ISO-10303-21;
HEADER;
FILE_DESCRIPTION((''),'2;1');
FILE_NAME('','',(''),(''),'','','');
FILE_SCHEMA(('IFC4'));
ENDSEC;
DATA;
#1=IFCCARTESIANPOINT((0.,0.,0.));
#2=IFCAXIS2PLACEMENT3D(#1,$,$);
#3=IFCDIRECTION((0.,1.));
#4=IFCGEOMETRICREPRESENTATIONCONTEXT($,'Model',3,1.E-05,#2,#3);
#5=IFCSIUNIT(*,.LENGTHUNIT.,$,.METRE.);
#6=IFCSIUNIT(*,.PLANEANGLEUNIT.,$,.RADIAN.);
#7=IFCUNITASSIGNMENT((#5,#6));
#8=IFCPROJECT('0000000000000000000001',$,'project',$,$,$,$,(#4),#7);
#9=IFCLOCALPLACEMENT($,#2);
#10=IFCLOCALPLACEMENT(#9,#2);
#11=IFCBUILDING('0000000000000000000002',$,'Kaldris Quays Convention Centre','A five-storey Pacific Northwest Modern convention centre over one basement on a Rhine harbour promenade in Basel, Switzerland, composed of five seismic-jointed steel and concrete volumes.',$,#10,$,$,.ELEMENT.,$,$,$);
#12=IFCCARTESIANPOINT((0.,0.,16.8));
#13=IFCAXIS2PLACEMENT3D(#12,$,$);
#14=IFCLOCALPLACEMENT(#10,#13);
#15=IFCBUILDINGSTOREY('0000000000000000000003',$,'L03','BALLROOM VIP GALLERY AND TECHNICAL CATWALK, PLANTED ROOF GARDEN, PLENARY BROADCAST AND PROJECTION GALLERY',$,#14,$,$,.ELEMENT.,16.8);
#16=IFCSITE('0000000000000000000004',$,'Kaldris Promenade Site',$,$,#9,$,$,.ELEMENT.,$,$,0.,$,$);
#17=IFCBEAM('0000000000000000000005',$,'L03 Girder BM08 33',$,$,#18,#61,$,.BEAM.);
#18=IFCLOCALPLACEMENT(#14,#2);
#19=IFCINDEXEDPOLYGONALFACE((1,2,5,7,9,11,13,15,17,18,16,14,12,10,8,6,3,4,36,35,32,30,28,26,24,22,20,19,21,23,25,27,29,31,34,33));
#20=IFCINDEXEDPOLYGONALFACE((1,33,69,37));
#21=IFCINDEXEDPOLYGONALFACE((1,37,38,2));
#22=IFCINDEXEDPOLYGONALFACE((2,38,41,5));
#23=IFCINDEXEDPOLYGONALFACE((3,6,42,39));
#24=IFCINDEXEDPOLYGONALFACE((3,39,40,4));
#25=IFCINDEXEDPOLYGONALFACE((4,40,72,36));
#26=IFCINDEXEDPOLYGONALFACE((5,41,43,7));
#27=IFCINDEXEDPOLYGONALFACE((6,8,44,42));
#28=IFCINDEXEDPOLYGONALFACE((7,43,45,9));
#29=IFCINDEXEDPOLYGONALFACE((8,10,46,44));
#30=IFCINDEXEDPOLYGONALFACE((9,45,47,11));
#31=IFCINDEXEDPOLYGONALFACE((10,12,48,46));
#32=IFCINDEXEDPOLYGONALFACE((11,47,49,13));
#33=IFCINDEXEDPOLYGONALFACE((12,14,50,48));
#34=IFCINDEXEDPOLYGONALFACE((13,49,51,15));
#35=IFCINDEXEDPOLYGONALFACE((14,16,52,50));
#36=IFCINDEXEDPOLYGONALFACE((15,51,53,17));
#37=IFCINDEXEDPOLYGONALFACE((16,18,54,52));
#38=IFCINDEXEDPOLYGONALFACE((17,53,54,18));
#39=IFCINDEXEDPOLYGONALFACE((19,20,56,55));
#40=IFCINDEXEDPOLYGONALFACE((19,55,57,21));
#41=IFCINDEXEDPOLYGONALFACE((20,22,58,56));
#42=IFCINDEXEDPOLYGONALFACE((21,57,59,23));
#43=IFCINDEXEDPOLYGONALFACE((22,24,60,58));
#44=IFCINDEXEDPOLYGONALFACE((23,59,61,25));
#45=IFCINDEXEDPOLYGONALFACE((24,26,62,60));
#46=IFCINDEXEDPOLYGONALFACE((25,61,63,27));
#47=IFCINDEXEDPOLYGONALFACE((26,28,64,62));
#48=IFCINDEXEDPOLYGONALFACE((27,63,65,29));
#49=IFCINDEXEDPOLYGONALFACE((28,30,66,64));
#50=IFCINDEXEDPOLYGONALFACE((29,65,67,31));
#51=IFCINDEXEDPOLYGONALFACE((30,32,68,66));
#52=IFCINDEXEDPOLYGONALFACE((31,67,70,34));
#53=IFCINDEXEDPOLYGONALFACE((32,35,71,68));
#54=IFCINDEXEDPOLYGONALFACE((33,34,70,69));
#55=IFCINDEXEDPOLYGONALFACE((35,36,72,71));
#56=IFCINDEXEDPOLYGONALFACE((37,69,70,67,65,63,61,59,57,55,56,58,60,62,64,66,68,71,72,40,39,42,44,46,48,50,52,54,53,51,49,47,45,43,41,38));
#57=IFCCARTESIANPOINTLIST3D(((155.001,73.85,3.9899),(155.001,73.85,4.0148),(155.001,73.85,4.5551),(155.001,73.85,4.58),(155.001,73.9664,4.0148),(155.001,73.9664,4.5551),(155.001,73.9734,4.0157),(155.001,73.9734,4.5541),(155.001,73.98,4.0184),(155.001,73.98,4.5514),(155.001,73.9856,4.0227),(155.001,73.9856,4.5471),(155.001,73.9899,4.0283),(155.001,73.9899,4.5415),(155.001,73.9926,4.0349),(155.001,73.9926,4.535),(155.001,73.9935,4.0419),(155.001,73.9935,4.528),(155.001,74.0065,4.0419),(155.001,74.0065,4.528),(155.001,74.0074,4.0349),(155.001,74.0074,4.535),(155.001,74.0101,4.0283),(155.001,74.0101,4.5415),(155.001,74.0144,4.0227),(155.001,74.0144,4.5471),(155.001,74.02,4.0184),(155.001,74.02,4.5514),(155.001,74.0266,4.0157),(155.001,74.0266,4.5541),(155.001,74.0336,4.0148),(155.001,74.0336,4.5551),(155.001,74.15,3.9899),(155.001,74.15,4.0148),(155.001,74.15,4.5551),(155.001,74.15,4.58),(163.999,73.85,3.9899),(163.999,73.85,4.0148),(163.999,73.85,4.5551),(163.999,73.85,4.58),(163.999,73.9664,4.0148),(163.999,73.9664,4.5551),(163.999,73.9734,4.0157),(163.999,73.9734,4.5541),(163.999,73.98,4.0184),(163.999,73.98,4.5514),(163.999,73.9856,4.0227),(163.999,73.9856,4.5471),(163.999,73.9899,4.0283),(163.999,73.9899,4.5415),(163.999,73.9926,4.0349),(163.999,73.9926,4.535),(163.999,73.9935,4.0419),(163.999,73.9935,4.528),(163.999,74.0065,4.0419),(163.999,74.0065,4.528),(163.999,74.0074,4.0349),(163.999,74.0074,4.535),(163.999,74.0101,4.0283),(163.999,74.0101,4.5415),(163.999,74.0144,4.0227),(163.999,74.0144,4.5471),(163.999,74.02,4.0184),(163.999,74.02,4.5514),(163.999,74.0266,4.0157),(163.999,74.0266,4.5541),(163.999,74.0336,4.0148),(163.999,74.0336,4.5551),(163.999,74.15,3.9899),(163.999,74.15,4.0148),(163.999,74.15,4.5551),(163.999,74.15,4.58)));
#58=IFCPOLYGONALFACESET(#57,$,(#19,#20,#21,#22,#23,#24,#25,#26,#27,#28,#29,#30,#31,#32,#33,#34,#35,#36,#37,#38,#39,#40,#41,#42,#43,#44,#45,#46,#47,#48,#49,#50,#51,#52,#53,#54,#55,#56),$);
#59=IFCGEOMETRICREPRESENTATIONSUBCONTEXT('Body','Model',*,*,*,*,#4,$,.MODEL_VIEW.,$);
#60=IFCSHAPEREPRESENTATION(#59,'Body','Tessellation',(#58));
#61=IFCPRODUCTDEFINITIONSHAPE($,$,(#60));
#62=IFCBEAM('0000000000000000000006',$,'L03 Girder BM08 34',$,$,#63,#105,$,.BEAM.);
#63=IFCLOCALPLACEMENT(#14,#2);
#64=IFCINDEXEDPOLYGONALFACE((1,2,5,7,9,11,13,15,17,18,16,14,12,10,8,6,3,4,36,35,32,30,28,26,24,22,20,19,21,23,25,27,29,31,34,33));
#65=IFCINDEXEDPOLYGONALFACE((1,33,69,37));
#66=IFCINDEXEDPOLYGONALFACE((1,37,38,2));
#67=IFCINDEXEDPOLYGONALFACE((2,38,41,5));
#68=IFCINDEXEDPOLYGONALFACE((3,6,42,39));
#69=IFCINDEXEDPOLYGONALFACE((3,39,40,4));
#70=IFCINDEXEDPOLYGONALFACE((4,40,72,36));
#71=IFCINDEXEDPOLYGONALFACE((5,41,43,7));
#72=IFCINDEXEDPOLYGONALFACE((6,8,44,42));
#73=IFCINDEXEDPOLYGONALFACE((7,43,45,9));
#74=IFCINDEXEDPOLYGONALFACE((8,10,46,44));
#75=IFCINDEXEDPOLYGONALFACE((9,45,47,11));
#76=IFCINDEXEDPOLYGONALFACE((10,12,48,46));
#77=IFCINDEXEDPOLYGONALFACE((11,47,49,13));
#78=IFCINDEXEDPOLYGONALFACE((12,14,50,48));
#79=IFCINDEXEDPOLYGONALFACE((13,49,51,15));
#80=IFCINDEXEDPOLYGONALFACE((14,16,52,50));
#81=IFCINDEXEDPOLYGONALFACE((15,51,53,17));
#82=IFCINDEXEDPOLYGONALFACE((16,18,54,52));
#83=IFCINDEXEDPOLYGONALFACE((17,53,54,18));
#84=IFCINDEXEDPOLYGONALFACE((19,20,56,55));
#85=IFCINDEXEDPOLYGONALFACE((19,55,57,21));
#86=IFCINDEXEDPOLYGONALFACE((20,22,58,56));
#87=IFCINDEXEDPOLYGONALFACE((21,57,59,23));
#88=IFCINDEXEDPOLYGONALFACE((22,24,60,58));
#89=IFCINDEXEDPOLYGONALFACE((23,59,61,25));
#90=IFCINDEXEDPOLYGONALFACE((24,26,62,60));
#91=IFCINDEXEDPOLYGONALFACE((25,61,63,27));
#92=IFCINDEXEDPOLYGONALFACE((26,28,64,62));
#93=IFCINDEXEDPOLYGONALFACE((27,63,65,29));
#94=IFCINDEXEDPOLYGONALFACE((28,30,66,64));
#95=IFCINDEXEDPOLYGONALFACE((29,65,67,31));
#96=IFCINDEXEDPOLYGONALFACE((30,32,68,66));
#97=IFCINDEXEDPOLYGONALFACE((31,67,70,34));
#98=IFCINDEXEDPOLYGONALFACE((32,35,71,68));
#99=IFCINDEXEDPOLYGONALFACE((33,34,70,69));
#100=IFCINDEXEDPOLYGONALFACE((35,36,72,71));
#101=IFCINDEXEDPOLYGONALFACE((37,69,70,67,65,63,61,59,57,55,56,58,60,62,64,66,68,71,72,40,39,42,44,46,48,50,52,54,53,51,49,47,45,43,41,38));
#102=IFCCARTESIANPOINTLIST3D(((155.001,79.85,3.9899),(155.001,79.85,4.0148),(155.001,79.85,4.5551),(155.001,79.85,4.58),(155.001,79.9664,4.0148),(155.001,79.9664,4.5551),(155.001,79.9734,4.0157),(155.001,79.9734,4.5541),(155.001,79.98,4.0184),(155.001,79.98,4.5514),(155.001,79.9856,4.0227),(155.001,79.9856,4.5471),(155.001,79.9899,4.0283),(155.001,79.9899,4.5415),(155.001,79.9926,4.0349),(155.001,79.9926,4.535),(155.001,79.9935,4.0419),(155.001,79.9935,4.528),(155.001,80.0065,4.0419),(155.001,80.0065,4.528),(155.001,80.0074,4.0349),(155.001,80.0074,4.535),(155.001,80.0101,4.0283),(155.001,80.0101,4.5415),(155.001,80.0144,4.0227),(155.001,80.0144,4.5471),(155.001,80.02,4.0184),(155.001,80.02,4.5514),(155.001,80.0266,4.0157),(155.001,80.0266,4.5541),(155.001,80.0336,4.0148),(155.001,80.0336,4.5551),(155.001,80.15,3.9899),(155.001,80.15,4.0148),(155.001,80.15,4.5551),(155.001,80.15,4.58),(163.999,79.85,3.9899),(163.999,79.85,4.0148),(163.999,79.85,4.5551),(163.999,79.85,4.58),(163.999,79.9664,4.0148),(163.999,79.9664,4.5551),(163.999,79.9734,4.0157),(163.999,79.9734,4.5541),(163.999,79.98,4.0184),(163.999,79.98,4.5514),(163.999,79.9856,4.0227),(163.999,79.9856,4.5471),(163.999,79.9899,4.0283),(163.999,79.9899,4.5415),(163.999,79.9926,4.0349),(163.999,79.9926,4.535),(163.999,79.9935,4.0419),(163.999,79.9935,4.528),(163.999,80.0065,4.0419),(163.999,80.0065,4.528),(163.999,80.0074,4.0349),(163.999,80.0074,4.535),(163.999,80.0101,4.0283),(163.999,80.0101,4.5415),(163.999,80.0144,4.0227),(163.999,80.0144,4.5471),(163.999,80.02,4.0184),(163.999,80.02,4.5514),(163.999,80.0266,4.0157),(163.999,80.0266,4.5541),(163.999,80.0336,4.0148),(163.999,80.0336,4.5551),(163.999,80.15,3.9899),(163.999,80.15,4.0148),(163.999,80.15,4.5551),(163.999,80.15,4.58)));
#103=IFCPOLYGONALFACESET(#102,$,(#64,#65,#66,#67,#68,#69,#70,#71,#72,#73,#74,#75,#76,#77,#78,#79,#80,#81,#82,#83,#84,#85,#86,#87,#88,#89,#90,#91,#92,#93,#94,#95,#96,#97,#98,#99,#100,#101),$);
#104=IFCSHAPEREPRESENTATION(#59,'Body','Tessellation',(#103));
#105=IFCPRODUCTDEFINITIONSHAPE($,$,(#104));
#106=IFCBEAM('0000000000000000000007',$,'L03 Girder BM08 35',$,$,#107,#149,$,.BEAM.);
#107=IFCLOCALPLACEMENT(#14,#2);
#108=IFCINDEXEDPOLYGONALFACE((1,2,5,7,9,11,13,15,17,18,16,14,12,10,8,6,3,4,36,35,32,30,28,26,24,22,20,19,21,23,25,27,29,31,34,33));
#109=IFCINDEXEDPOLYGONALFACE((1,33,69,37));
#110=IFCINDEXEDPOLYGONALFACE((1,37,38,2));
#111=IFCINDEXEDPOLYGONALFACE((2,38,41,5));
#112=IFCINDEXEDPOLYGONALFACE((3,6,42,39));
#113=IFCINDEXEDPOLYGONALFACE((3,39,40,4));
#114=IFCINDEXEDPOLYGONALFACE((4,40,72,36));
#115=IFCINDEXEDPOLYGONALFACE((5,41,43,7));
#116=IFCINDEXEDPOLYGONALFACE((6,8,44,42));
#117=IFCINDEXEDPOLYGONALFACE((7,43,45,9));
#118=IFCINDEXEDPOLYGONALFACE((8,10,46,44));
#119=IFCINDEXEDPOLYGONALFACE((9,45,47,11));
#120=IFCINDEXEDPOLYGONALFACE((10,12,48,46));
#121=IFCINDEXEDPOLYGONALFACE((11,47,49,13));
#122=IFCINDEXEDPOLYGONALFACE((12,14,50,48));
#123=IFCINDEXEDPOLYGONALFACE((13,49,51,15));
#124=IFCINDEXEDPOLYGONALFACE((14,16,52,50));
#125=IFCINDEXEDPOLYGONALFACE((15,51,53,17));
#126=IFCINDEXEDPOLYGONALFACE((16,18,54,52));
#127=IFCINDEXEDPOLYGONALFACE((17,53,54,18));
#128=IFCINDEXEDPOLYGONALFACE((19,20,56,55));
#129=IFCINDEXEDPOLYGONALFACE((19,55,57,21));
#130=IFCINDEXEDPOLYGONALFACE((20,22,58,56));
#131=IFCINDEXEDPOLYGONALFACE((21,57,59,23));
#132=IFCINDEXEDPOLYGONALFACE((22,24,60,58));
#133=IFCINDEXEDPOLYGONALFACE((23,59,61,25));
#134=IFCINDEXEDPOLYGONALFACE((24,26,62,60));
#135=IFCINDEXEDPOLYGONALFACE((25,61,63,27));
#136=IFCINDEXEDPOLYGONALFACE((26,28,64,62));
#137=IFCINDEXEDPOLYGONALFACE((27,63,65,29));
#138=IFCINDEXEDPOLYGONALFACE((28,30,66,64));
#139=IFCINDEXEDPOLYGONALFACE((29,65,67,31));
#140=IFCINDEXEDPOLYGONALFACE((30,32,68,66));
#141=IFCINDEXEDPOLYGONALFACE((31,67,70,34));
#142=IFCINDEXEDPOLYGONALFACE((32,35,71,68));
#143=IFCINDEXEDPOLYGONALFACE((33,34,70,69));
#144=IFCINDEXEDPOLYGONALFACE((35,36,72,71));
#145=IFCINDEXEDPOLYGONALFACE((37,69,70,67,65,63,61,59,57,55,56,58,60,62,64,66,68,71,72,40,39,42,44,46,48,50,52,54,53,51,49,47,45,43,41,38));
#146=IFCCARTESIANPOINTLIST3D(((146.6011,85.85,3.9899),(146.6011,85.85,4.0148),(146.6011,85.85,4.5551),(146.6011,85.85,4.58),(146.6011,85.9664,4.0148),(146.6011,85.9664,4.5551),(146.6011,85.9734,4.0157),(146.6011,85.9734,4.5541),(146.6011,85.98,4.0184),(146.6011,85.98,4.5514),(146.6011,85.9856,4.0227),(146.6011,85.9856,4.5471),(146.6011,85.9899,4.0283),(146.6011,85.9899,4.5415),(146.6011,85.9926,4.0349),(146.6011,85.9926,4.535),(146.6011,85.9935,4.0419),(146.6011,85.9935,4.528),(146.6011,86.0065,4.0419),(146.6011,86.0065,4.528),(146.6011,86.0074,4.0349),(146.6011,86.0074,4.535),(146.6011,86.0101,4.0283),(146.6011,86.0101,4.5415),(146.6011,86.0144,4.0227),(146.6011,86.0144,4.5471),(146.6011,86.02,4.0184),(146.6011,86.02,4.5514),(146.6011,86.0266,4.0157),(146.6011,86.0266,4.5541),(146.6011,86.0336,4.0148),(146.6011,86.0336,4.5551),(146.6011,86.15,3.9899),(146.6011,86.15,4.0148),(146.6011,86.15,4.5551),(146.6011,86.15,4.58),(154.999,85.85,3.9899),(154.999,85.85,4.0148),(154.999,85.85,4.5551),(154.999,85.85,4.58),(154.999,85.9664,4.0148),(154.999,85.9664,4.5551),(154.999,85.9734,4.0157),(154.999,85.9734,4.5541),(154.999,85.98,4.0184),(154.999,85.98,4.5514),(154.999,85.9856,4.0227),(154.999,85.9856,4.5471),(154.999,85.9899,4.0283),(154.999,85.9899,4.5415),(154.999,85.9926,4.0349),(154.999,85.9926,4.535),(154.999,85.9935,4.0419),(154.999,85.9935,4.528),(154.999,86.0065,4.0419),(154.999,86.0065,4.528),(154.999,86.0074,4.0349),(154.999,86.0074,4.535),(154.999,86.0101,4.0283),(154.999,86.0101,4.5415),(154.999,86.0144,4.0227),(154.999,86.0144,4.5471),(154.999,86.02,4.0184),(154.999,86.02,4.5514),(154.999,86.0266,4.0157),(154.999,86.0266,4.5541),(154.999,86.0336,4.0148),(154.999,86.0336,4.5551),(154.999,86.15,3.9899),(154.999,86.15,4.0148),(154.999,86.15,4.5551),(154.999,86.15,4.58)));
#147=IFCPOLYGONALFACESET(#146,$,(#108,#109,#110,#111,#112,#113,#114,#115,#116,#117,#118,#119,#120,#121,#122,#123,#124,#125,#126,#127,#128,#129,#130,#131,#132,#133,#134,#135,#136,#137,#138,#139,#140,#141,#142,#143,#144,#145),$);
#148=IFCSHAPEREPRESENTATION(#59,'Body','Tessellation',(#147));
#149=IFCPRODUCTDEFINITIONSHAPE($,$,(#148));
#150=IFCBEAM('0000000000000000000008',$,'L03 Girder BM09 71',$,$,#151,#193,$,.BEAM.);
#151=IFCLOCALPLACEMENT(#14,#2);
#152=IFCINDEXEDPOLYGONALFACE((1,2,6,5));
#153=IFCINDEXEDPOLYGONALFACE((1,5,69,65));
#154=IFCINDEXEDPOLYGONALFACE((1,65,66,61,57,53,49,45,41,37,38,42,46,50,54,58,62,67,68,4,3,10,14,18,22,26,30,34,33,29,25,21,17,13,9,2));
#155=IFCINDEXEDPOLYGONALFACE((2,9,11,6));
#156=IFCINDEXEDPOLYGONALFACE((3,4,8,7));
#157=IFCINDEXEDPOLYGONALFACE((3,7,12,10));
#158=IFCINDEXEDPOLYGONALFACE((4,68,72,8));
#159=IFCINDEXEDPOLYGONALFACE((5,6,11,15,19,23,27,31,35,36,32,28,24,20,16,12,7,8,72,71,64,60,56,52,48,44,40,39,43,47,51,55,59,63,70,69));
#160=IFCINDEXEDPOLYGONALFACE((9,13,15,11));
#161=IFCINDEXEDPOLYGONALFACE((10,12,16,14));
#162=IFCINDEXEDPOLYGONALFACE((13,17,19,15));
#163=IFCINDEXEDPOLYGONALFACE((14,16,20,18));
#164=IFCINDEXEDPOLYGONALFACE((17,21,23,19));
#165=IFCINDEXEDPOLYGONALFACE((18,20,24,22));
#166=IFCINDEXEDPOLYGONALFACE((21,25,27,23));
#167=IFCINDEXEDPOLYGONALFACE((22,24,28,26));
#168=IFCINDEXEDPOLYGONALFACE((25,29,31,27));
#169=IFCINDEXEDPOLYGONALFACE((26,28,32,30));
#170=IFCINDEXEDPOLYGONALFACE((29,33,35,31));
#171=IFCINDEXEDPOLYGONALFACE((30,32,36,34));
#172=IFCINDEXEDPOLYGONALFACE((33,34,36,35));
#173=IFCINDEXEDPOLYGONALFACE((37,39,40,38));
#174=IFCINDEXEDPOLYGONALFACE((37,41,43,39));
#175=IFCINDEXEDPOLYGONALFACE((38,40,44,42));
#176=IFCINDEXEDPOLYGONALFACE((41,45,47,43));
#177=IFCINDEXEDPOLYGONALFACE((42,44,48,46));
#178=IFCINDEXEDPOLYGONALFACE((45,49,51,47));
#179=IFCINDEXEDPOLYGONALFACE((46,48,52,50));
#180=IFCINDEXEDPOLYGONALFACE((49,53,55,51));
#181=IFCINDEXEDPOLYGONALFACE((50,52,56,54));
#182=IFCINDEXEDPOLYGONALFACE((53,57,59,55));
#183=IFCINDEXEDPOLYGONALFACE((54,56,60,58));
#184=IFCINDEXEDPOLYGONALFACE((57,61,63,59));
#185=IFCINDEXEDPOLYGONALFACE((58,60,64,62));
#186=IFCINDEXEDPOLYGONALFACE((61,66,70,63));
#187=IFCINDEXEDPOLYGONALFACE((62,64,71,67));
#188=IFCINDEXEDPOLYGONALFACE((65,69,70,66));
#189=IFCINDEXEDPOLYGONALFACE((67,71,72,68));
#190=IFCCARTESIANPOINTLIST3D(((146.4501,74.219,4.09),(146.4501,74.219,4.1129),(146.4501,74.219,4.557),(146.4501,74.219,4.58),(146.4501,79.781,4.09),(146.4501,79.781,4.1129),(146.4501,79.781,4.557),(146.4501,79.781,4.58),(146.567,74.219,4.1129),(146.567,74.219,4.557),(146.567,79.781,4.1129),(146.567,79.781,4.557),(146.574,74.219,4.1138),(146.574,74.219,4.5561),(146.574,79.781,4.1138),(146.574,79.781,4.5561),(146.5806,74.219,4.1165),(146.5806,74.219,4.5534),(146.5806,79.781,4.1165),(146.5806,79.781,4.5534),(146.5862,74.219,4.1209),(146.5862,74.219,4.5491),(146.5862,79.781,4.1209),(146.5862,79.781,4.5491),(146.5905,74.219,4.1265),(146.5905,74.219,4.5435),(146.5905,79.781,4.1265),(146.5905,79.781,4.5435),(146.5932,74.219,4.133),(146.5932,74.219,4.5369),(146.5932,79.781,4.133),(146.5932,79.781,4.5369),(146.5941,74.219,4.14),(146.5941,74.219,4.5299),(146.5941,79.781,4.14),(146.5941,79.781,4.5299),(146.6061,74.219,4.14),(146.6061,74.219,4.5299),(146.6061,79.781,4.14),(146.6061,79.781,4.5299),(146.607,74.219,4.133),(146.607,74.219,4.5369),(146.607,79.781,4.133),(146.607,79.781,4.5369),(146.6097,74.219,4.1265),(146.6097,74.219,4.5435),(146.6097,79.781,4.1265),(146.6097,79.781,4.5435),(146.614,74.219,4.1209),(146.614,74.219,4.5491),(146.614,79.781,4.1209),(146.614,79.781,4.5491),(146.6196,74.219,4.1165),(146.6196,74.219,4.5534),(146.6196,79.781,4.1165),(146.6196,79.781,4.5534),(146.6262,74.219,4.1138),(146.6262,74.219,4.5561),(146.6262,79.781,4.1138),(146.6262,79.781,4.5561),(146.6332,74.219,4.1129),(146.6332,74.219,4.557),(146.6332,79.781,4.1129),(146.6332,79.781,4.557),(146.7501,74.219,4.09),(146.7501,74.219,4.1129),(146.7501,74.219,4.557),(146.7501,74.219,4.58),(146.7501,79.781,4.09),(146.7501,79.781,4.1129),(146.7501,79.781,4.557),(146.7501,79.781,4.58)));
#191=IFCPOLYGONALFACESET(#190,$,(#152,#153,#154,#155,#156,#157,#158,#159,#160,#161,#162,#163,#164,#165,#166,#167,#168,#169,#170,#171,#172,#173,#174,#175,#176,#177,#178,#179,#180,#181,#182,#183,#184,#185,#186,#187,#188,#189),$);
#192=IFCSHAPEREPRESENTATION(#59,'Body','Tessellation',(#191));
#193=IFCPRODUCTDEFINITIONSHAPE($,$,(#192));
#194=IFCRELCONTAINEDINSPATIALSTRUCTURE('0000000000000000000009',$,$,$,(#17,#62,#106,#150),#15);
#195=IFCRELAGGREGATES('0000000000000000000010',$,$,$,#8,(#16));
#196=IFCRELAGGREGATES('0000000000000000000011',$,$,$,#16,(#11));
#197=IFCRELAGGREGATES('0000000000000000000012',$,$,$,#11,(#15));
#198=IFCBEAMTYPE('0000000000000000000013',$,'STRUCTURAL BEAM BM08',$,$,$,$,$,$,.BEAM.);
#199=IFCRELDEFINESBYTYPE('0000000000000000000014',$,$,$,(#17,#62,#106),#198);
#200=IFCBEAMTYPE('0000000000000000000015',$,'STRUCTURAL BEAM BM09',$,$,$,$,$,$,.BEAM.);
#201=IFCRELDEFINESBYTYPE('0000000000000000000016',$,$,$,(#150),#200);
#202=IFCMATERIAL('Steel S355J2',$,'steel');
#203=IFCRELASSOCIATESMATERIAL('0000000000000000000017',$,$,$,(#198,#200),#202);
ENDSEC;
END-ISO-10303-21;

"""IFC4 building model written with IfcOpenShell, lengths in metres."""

from ifc_helpers import new_model, si_unit, direction, frame, origin, origin_2d, place, context, subcontext, project, spatial, i_section, extrude, material, material_profile, profile_set, type_object, element, save


model = new_model("IFC4")

# Units and contexts
model_context = context("Model", 3, precision=1e-05, world=origin(), true_north=direction((0.0, 1.0)))
body_context = subcontext(model_context, "Body", "Model", "MODEL_VIEW")
ifc_project = project(units=[si_unit("LENGTHUNIT", "METRE"), si_unit("PLANEANGLEUNIT", "RADIAN")], contexts=[model_context])

# Site, building, storey
site_placement = place(None, origin())
site = spatial("IfcSite", under=ifc_project, at=site_placement, Name="Kaldris Promenade Site", CompositionType="ELEMENT", RefElevation=0.0)
building_placement = place(site_placement, origin())
building = spatial("IfcBuilding", under=site, at=building_placement, Name="Kaldris Quays Convention Centre", Description="A five-storey Pacific Northwest Modern convention centre over one basement on a Rhine harbour promenade in Basel, Switzerland, composed of five seismic-jointed steel and concrete volumes.", CompositionType="ELEMENT")
storey_placement = place(building_placement, frame((0.0, 0.0, 16.8)))
storey = spatial("IfcBuildingStorey", under=building, at=storey_placement, Name="L03", Description="BALLROOM VIP GALLERY AND TECHNICAL CATWALK, PLANTED ROOF GARDEN, PLENARY BROADCAST AND PROJECTION GALLERY", CompositionType="ELEMENT", Elevation=16.8)

# Shared definitions
ifc_material_1 = material(Name="Steel S355J2", Category="steel")

# Beams
ifc_material_profile_1 = material_profile(ifc_material_1, i_section(OverallWidth=0.3, OverallDepth=0.5901, WebThickness=0.0129, FlangeThickness=0.0249, FilletRadius=0.0271, at=origin_2d()), Name="HEA 600")
ifc_profile_set_1 = profile_set([ifc_material_profile_1], Name="Steel S355J2")
beam_type_1 = type_object("IfcBeamType", Name="STRUCTURAL BEAM BM08", PredefinedType="BEAM", material=ifc_profile_set_1)
for number, where, z_axis, x_axis, name in (
    (1, (155.001, 74.0, 4.2849), (1.0, 0.0, 0.0), (0.0, 1.0, 0.0), "L03 Girder BM08 33"),
    (2, (155.001, 80.0, 4.2849), (1.0, 0.0, 0.0), (0.0, 1.0, 0.0), "L03 Girder BM08 34"),
):
    element("IfcBeam", number, at=place(storey_placement, frame(where, z_axis=z_axis, x_axis=x_axis)), inside=storey, type_object=beam_type_1, Name=name, PredefinedType="BEAM", context=body_context, shape_type="SweptSolid", body=[
        extrude(i_section(OverallWidth=0.3, OverallDepth=0.5901, WebThickness=0.0129, FlangeThickness=0.0249, FilletRadius=0.0271, at=origin_2d()), origin(), (0.0, 0.0, 1.0), 8.998),
    ])
beam_1_placement = place(storey_placement, frame((146.6011, 86.0, 4.2849), z_axis=(1.0, 0.0, 0.0), x_axis=(0.0, 1.0, 0.0)))
element("IfcBeam", 3, at=beam_1_placement, inside=storey, type_object=beam_type_1, Name="L03 Girder BM08 35", PredefinedType="BEAM", context=body_context, shape_type="SweptSolid", body=[
    extrude(i_section(OverallWidth=0.3, OverallDepth=0.5901, WebThickness=0.0129, FlangeThickness=0.0249, FilletRadius=0.0271, at=origin_2d()), origin(), (0.0, 0.0, 1.0), 8.3979),
])
ifc_material_profile_2 = material_profile(ifc_material_1, i_section(OverallWidth=0.3, OverallDepth=0.49, WebThickness=0.012, FlangeThickness=0.0229, FilletRadius=0.0271, at=origin_2d()), Name="HEA 500")
ifc_profile_set_2 = profile_set([ifc_material_profile_2], Name="Steel S355J2")
beam_type_2 = type_object("IfcBeamType", Name="STRUCTURAL BEAM BM09", PredefinedType="BEAM", material=ifc_profile_set_2)
for number, where, z_axis, x_axis, name in (
    (4, (146.6001, 74.219, 4.335), (0.0, 1.0, 0.0), (-1.0, 0.0, 0.0), "L03 Girder BM09 71"),
):
    element("IfcBeam", number, at=place(storey_placement, frame(where, z_axis=z_axis, x_axis=x_axis)), inside=storey, type_object=beam_type_2, Name=name, PredefinedType="BEAM", context=body_context, shape_type="SweptSolid", body=[
        extrude(i_section(OverallWidth=0.3, OverallDepth=0.49, WebThickness=0.012, FlangeThickness=0.0229, FilletRadius=0.0271, at=origin_2d()), origin(), (0.0, 0.0, 1.0), 5.562),
    ])

save(model, "model.ifc")
